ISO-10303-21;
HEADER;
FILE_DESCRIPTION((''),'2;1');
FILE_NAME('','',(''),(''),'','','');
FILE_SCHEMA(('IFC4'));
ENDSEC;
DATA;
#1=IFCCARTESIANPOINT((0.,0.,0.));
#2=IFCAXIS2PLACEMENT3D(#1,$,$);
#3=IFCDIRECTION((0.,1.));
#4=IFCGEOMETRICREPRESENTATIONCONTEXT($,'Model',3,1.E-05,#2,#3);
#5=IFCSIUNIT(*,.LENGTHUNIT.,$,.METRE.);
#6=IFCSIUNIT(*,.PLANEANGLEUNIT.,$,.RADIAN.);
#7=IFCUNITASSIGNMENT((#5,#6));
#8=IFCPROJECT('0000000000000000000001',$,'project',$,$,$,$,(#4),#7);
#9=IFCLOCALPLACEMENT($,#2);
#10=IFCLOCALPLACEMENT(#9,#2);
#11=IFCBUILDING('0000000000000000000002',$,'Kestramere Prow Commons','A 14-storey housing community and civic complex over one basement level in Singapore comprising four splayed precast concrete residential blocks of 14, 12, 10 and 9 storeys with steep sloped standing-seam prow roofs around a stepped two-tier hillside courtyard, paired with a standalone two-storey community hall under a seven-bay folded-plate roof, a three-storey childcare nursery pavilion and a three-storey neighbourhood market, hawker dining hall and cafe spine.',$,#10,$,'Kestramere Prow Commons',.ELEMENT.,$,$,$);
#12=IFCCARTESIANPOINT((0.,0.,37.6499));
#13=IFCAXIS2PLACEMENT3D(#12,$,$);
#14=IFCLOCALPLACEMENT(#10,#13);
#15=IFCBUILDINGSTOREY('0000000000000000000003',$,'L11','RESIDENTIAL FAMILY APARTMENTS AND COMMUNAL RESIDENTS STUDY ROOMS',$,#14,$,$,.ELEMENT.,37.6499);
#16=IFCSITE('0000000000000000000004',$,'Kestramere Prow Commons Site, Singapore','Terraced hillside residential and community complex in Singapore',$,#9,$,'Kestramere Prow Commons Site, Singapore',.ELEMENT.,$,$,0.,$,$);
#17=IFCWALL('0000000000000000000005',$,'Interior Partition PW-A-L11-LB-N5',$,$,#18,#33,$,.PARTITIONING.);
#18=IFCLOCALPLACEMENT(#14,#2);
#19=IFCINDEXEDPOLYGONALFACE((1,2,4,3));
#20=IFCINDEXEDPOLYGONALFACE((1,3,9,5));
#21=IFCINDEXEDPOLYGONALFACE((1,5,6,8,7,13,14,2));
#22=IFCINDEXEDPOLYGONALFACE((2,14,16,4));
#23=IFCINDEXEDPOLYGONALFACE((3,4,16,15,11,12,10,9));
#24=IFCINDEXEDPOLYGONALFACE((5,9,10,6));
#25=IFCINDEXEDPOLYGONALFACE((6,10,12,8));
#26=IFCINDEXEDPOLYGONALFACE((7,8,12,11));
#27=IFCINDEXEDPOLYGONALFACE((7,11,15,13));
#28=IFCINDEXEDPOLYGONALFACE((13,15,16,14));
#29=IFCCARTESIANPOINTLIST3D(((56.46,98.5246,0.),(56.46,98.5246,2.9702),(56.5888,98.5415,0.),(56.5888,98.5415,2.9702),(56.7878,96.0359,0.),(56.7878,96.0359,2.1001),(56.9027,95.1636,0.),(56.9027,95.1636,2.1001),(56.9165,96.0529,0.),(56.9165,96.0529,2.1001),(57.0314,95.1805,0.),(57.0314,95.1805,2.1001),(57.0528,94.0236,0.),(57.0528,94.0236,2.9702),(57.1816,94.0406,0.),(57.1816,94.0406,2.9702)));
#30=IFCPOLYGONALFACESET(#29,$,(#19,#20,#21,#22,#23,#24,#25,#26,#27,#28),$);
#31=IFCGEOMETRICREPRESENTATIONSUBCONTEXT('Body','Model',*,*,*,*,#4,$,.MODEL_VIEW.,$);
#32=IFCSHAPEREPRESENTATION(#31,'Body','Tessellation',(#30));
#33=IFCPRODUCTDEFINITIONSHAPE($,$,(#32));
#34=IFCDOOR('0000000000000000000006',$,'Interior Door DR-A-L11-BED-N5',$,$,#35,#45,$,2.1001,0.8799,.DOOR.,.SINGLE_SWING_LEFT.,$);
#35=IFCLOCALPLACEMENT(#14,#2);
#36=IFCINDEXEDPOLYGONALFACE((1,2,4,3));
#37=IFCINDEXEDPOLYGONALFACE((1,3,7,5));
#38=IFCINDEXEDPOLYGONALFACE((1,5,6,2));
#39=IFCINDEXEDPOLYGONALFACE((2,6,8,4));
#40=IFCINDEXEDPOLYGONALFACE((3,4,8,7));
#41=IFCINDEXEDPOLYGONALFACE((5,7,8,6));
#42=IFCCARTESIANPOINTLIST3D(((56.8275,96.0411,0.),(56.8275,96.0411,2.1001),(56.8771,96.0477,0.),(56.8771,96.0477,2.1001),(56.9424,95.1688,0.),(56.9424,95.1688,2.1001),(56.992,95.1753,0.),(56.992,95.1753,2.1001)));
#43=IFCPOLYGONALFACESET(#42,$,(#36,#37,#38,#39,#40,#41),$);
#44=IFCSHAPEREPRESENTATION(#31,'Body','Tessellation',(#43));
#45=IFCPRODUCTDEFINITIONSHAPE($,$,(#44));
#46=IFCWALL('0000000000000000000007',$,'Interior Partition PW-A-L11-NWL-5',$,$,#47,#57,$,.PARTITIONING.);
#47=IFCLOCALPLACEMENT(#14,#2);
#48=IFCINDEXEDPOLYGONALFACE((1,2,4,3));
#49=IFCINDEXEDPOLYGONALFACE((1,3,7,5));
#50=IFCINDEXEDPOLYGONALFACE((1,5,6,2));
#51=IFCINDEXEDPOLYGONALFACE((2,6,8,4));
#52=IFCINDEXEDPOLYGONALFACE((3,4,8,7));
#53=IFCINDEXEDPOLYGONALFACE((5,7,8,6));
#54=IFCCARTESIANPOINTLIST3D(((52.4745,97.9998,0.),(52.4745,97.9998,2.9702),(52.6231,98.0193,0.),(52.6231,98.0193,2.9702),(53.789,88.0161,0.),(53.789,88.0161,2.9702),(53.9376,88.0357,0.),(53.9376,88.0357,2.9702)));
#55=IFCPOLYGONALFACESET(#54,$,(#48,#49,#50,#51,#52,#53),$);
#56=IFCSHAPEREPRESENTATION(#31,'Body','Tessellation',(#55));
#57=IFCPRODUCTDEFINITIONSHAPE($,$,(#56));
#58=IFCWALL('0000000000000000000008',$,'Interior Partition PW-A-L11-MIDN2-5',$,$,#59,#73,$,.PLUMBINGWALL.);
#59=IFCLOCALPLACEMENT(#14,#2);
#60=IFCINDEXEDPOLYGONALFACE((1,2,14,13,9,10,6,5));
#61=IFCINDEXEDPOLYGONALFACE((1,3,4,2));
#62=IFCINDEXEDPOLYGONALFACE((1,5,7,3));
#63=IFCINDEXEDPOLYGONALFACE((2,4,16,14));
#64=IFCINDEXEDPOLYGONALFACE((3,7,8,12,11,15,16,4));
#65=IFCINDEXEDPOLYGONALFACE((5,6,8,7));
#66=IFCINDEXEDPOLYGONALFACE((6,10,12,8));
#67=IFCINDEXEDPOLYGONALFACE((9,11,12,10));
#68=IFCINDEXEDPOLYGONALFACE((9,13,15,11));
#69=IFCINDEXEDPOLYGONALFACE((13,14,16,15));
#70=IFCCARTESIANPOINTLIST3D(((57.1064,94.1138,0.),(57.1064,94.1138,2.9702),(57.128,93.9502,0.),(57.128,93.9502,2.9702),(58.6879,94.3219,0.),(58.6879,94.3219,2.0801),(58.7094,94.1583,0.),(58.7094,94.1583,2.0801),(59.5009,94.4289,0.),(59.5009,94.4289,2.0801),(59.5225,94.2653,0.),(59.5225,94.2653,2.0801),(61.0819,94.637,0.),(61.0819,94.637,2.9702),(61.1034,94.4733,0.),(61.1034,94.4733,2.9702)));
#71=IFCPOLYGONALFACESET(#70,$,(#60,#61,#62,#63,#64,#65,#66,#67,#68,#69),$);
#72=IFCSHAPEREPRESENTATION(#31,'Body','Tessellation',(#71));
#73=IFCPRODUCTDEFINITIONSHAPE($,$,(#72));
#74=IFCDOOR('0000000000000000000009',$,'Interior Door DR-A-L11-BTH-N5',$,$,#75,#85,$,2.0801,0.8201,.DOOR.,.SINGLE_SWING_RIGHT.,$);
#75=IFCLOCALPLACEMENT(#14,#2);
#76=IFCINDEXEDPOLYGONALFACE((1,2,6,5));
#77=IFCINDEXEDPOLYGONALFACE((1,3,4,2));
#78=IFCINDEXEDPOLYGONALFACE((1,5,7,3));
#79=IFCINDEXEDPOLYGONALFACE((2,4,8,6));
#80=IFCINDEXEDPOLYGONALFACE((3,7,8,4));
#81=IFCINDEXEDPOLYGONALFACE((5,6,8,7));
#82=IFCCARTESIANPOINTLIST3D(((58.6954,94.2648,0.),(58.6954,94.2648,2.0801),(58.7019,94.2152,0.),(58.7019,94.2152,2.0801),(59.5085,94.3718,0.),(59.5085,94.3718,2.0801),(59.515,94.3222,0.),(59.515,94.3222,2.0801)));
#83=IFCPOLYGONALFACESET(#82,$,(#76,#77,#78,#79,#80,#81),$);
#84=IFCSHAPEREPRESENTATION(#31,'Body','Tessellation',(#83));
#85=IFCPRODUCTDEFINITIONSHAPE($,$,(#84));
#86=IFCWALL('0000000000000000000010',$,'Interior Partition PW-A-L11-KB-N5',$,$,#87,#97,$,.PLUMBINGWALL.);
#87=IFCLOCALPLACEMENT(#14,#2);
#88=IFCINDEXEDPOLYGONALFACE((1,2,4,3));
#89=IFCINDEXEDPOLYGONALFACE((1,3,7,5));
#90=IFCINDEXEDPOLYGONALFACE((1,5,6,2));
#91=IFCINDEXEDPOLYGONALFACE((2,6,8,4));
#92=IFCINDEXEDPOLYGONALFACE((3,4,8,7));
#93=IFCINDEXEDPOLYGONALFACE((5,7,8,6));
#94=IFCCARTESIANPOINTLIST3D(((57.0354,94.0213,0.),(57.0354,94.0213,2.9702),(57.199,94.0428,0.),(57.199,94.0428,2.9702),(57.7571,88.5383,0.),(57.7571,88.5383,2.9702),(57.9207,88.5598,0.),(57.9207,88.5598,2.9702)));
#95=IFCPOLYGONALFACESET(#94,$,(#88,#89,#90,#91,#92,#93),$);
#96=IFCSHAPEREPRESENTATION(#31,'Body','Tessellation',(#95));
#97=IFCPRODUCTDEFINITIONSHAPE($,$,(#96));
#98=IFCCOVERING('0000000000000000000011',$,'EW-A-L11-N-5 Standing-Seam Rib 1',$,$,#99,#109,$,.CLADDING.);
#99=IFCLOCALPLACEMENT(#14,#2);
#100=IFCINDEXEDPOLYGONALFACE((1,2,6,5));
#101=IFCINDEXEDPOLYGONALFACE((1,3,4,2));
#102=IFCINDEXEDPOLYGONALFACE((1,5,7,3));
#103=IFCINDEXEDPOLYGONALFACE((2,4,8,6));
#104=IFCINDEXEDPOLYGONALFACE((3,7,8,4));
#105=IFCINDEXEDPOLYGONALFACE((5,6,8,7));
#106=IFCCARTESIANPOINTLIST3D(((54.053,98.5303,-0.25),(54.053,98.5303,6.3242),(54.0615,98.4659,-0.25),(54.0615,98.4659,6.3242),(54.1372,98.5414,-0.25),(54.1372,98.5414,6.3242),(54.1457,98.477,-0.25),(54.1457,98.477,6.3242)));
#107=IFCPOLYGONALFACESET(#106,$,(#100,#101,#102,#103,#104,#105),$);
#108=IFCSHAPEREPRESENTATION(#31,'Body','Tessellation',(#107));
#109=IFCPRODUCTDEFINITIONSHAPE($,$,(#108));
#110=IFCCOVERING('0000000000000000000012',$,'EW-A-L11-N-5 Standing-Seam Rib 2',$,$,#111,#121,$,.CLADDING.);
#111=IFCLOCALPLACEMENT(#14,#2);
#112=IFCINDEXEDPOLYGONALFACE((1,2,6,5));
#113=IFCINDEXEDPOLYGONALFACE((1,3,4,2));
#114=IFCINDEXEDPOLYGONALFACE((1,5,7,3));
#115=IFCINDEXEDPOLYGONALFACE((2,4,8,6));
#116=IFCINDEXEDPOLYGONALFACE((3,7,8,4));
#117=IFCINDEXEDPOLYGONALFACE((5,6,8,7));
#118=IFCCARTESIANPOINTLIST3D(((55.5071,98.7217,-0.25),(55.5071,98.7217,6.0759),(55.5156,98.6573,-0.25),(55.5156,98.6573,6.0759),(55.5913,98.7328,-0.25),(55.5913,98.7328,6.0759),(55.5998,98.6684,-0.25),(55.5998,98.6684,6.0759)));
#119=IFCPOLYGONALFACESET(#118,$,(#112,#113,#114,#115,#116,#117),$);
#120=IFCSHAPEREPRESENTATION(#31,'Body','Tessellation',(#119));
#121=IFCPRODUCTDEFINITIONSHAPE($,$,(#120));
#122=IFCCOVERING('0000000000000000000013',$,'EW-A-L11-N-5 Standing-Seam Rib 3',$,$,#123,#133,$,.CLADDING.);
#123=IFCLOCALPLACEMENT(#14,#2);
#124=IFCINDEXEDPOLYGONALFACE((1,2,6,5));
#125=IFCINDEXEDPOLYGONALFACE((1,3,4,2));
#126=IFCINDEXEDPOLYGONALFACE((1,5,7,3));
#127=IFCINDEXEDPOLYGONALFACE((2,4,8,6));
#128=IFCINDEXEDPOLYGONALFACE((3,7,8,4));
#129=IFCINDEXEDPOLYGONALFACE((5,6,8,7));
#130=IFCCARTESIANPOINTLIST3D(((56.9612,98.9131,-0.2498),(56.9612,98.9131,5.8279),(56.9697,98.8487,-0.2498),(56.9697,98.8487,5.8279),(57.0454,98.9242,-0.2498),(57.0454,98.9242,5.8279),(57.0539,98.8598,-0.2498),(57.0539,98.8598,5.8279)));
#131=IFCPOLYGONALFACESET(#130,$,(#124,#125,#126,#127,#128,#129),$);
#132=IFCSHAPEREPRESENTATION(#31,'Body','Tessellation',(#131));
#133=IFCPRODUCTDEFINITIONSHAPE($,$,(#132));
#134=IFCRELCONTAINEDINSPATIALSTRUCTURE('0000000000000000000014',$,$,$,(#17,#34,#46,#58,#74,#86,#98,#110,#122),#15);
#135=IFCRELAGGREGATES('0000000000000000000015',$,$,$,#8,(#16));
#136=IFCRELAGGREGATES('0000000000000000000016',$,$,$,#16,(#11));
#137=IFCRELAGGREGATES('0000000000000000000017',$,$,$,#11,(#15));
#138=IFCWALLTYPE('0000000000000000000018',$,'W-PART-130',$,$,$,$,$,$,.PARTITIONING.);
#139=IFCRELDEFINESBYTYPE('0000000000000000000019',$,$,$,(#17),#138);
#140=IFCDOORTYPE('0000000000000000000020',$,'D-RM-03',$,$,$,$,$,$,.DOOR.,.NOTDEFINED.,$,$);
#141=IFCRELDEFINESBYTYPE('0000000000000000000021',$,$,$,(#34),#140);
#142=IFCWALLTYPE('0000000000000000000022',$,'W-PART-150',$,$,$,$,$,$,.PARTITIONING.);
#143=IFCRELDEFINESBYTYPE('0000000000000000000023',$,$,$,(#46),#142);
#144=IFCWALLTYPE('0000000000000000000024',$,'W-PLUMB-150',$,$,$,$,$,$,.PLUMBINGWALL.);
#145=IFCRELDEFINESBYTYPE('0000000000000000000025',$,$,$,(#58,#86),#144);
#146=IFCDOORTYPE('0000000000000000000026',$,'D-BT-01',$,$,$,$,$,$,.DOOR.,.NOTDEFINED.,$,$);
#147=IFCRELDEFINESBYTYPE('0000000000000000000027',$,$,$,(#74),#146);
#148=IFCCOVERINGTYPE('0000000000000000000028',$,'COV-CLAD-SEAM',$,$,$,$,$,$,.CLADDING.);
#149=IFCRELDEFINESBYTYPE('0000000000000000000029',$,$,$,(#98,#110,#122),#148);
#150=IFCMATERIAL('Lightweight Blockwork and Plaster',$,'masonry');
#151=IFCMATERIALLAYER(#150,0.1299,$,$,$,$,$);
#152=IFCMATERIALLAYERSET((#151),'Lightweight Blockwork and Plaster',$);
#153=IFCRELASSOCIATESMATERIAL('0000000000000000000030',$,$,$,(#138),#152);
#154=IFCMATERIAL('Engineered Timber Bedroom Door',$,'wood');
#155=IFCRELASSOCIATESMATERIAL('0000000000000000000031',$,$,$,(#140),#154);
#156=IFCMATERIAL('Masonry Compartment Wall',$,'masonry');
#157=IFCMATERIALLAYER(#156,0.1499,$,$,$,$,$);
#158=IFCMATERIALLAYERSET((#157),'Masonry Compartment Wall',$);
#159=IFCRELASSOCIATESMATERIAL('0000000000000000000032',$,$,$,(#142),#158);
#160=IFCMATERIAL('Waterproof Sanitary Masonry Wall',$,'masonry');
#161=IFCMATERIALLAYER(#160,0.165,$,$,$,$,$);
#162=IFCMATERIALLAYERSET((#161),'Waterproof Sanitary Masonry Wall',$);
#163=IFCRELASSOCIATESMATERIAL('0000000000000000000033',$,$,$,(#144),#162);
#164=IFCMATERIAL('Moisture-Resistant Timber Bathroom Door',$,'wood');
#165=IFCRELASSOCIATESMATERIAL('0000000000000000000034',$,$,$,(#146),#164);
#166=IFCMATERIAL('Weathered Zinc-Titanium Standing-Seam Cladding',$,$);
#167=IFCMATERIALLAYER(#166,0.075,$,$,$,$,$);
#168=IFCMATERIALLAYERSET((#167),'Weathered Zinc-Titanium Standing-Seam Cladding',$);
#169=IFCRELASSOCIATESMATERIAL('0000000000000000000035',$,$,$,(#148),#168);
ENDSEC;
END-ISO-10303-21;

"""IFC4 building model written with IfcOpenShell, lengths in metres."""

from ifc_helpers import new_model, si_unit, direction, frame, frame_2d, origin, origin_2d, place, context, subcontext, project, spatial, rectangle, extrude, material, layer, layer_set, type_object, element, fill, save


model = new_model("IFC4")

# Units and contexts
model_context = context("Model", 3, precision=1e-05, world=origin(), true_north=direction((0.0, 1.0)))
body_context = subcontext(model_context, "Body", "Model", "MODEL_VIEW")
ifc_project = project(units=[si_unit("LENGTHUNIT", "METRE"), si_unit("PLANEANGLEUNIT", "RADIAN")], contexts=[model_context])

# Site, building, storey
site_placement = place(None, origin())
site = spatial("IfcSite", under=ifc_project, at=site_placement, Name="Kestramere Prow Commons Site, Singapore", Description="Terraced hillside residential and community complex in Singapore", LongName="Kestramere Prow Commons Site, Singapore", CompositionType="ELEMENT", RefElevation=0.0)
building_placement = place(site_placement, origin())
building = spatial("IfcBuilding", under=site, at=building_placement, Name="Kestramere Prow Commons", Description="A 14-storey housing community and civic complex over one basement level in Singapore comprising four splayed precast concrete residential blocks of 14, 12, 10 and 9 storeys with steep sloped standing-seam prow roofs around a stepped two-tier hillside courtyard, paired with a standalone two-storey community hall under a seven-bay folded-plate roof, a three-storey childcare nursery pavilion and a three-storey neighbourhood market, hawker dining hall and cafe spine.", LongName="Kestramere Prow Commons", CompositionType="ELEMENT")
storey_placement = place(building_placement, frame((0.0, 0.0, 37.6499)))
storey = spatial("IfcBuildingStorey", under=building, at=storey_placement, Name="L11", Description="RESIDENTIAL FAMILY APARTMENTS AND COMMUNAL RESIDENTS STUDY ROOMS", CompositionType="ELEMENT", Elevation=37.6499)

# Wall, opening, door
ifc_material_1 = material(Name="Lightweight Blockwork and Plaster", Category="masonry")
ifc_layer_1 = layer(ifc_material_1, 0.1299)
ifc_layer_set_1 = layer_set([ifc_layer_1], Name="Lightweight Blockwork and Plaster")
wall_type_1 = type_object("IfcWallType", Name="W-PART-130", PredefinedType="PARTITIONING", material=ifc_layer_set_1)
wall_1_placement = place(storey_placement, frame((57.1172, 94.032, 0.0), z_axis=(0.0, 0.0, 1.0), x_axis=(-0.130571, 0.991439, 0.0)))
wall_1 = element("IfcWall", 1, at=wall_1_placement, inside=storey, type_object=wall_type_1, Name="Interior Partition PW-A-L11-LB-N5", PredefinedType="PARTITIONING", context=body_context, shape_type="SweptSolid", body=[
    extrude(rectangle(XDim=4.5398, YDim=0.1299, at=frame_2d((2.27, 0.0))), origin(), (0.0, 0.0, 1.0), 2.9702),
])
opening_1_placement = place(wall_1_placement, frame((1.1499, 0.0, 0.0)))
opening_1 = element("IfcOpeningElement", 2, at=opening_1_placement, cuts=wall_1, PredefinedType="OPENING", context=body_context, shape_type="SweptSolid", body=[
    extrude(rectangle(XDim=0.8799, YDim=2.1001, at=frame_2d((0.4399, 1.05))), frame((0.0, 0.0798, 0.0), z_axis=(0.0, -1.0, 0.0), x_axis=(1.0, 0.0, 0.0)), (0.0, 0.0, 1.0), 0.1599),
])
ifc_material_2 = material(Name="Engineered Timber Bedroom Door", Category="wood")
door_type_1 = type_object("IfcDoorType", Name="D-RM-03", OperationType="NOTDEFINED", PredefinedType="DOOR", material=ifc_material_2)
door_1_placement = place(opening_1_placement, origin())
door_1 = element("IfcDoor", 3, at=door_1_placement, inside=storey, type_object=door_type_1, Name="Interior Door DR-A-L11-BED-N5", OperationType="SINGLE_SWING_LEFT", OverallHeight=2.1001, OverallWidth=0.8799, PredefinedType="DOOR", context=body_context, shape_type="SweptSolid", body=[
    extrude(rectangle(XDim=0.8799, YDim=2.1001, at=frame_2d((0.4399, 1.05))), frame((0.0, 0.0249, 0.0), z_axis=(0.0, -1.0, 0.0), x_axis=(1.0, 0.0, 0.0)), (0.0, 0.0, 1.0), 0.05),
])
fill(opening_1, door_1)

# Wall
ifc_material_3 = material(Name="Masonry Compartment Wall", Category="masonry")
ifc_layer_2 = layer(ifc_material_3, 0.1499)
ifc_layer_set_2 = layer_set([ifc_layer_2], Name="Masonry Compartment Wall")
wall_type_2 = type_object("IfcWallType", Name="W-PART-150", PredefinedType="PARTITIONING", material=ifc_layer_set_2)
wall_2_placement = place(storey_placement, frame((53.8633, 88.0259, 0.0), z_axis=(0.0, 0.0, 1.0), x_axis=(-0.130534, 0.991444, 0.0)))
element("IfcWall", 4, at=wall_2_placement, inside=storey, type_object=wall_type_2, Name="Interior Partition PW-A-L11-NWL-5", PredefinedType="PARTITIONING", context=body_context, shape_type="SweptSolid", body=[
    extrude(rectangle(XDim=10.0698, YDim=0.1499, at=frame_2d((5.0349, 0.0))), origin(), (0.0, 0.0, 1.0), 2.9702),
])

# Wall, opening, door
ifc_material_4 = material(Name="Waterproof Sanitary Masonry Wall", Category="masonry")
ifc_layer_3 = layer(ifc_material_4, 0.165)
ifc_layer_set_3 = layer_set([ifc_layer_3], Name="Waterproof Sanitary Masonry Wall")
wall_type_3 = type_object("IfcWallType", Name="W-PLUMB-150", PredefinedType="PLUMBINGWALL", material=ifc_layer_set_3)
wall_3_placement = place(storey_placement, frame((57.1172, 94.032, 0.0), z_axis=(0.0, 0.0, 1.0), x_axis=(0.991451, 0.130477, 0.0)))
wall_3 = element("IfcWall", 5, at=wall_3_placement, inside=storey, type_object=wall_type_3, Name="Interior Partition PW-A-L11-MIDN2-5", PredefinedType="PLUMBINGWALL", context=body_context, shape_type="SweptSolid", body=[
    extrude(rectangle(XDim=4.0098, YDim=0.165, at=frame_2d((2.0049, 0.0))), origin(), (0.0, 0.0, 1.0), 2.9702),
])
opening_2_placement = place(wall_3_placement, frame((1.595, 0.0, 0.0)))
opening_2 = element("IfcOpeningElement", 6, at=opening_2_placement, cuts=wall_3, PredefinedType="OPENING", context=body_context, shape_type="SweptSolid", body=[
    extrude(rectangle(XDim=0.8201, YDim=2.0801, at=frame_2d((0.4102, 1.04))), frame((0.0, 0.0974, 0.0), z_axis=(0.0, -1.0, 0.0), x_axis=(1.0, 0.0, 0.0)), (0.0, 0.0, 1.0), 0.1951),
])
ifc_material_5 = material(Name="Moisture-Resistant Timber Bathroom Door", Category="wood")
door_type_2 = type_object("IfcDoorType", Name="D-BT-01", OperationType="NOTDEFINED", PredefinedType="DOOR", material=ifc_material_5)
door_2_placement = place(opening_2_placement, origin())
door_2 = element("IfcDoor", 7, at=door_2_placement, inside=storey, type_object=door_type_2, Name="Interior Door DR-A-L11-BTH-N5", OperationType="SINGLE_SWING_RIGHT", OverallHeight=2.0801, OverallWidth=0.8201, PredefinedType="DOOR", context=body_context, shape_type="SweptSolid", body=[
    extrude(rectangle(XDim=0.8201, YDim=2.0801, at=frame_2d((0.4102, 1.04))), frame((0.0, 0.0249, 0.0), z_axis=(0.0, -1.0, 0.0), x_axis=(1.0, 0.0, 0.0)), (0.0, 0.0, 1.0), 0.05),
])
fill(opening_2, door_2)

# Wall
wall_4_placement = place(storey_placement, frame((57.8389, 88.5491, 0.0), z_axis=(0.0, 0.0, 1.0), x_axis=(-0.130498, 0.991449, 0.0)))
element("IfcWall", 8, at=wall_4_placement, inside=storey, type_object=wall_type_3, Name="Interior Partition PW-A-L11-KB-N5", PredefinedType="PLUMBINGWALL", context=body_context, shape_type="SweptSolid", body=[
    extrude(rectangle(XDim=5.5303, YDim=0.165, at=frame_2d((2.7651, 0.0))), origin(), (0.0, 0.0, 1.0), 2.9702),
])

# Coverings
ifc_material_6 = material(Name="Weathered Zinc-Titanium Standing-Seam Cladding")
ifc_layer_4 = layer(ifc_material_6, 0.075)
ifc_layer_set_4 = layer_set([ifc_layer_4], Name="Weathered Zinc-Titanium Standing-Seam Cladding")
covering_type = type_object("IfcCoveringType", Name="COV-CLAD-SEAM", PredefinedType="CLADDING", material=ifc_layer_set_4)
covering_1_placement = place(storey_placement, frame((54.0994, 98.5037, -0.25), z_axis=(0.0, 0.0, 1.0), x_axis=(0.991445, 0.130526, 0.0)))
element("IfcCovering", 9, at=covering_1_placement, inside=storey, type_object=covering_type, Name="EW-A-L11-N-5 Standing-Seam Rib 1", PredefinedType="CLADDING", context=body_context, shape_type="SweptSolid", body=[
    extrude(rectangle(XDim=0.085, YDim=0.0649, at=origin_2d()), origin(), (0.0, 0.0, 1.0), 6.5742),
])
covering_2_placement = place(storey_placement, frame((55.5535, 98.6951, -0.25), z_axis=(0.0, 0.0, 1.0), x_axis=(0.991445, 0.130526, 0.0)))
element("IfcCovering", 10, at=covering_2_placement, inside=storey, type_object=covering_type, Name="EW-A-L11-N-5 Standing-Seam Rib 2", PredefinedType="CLADDING", context=body_context, shape_type="SweptSolid", body=[
    extrude(rectangle(XDim=0.085, YDim=0.0649, at=origin_2d()), origin(), (0.0, 0.0, 1.0), 6.3259),
])
covering_3_placement = place(storey_placement, frame((57.0076, 98.8865, -0.2498), z_axis=(0.0, 0.0, 1.0), x_axis=(0.991445, 0.130526, 0.0)))
element("IfcCovering", 11, at=covering_3_placement, inside=storey, type_object=covering_type, Name="EW-A-L11-N-5 Standing-Seam Rib 3", PredefinedType="CLADDING", context=body_context, shape_type="SweptSolid", body=[
    extrude(rectangle(XDim=0.085, YDim=0.0649, at=origin_2d()), origin(), (0.0, 0.0, 1.0), 6.0776),
])

save(model, "model.ifc")
